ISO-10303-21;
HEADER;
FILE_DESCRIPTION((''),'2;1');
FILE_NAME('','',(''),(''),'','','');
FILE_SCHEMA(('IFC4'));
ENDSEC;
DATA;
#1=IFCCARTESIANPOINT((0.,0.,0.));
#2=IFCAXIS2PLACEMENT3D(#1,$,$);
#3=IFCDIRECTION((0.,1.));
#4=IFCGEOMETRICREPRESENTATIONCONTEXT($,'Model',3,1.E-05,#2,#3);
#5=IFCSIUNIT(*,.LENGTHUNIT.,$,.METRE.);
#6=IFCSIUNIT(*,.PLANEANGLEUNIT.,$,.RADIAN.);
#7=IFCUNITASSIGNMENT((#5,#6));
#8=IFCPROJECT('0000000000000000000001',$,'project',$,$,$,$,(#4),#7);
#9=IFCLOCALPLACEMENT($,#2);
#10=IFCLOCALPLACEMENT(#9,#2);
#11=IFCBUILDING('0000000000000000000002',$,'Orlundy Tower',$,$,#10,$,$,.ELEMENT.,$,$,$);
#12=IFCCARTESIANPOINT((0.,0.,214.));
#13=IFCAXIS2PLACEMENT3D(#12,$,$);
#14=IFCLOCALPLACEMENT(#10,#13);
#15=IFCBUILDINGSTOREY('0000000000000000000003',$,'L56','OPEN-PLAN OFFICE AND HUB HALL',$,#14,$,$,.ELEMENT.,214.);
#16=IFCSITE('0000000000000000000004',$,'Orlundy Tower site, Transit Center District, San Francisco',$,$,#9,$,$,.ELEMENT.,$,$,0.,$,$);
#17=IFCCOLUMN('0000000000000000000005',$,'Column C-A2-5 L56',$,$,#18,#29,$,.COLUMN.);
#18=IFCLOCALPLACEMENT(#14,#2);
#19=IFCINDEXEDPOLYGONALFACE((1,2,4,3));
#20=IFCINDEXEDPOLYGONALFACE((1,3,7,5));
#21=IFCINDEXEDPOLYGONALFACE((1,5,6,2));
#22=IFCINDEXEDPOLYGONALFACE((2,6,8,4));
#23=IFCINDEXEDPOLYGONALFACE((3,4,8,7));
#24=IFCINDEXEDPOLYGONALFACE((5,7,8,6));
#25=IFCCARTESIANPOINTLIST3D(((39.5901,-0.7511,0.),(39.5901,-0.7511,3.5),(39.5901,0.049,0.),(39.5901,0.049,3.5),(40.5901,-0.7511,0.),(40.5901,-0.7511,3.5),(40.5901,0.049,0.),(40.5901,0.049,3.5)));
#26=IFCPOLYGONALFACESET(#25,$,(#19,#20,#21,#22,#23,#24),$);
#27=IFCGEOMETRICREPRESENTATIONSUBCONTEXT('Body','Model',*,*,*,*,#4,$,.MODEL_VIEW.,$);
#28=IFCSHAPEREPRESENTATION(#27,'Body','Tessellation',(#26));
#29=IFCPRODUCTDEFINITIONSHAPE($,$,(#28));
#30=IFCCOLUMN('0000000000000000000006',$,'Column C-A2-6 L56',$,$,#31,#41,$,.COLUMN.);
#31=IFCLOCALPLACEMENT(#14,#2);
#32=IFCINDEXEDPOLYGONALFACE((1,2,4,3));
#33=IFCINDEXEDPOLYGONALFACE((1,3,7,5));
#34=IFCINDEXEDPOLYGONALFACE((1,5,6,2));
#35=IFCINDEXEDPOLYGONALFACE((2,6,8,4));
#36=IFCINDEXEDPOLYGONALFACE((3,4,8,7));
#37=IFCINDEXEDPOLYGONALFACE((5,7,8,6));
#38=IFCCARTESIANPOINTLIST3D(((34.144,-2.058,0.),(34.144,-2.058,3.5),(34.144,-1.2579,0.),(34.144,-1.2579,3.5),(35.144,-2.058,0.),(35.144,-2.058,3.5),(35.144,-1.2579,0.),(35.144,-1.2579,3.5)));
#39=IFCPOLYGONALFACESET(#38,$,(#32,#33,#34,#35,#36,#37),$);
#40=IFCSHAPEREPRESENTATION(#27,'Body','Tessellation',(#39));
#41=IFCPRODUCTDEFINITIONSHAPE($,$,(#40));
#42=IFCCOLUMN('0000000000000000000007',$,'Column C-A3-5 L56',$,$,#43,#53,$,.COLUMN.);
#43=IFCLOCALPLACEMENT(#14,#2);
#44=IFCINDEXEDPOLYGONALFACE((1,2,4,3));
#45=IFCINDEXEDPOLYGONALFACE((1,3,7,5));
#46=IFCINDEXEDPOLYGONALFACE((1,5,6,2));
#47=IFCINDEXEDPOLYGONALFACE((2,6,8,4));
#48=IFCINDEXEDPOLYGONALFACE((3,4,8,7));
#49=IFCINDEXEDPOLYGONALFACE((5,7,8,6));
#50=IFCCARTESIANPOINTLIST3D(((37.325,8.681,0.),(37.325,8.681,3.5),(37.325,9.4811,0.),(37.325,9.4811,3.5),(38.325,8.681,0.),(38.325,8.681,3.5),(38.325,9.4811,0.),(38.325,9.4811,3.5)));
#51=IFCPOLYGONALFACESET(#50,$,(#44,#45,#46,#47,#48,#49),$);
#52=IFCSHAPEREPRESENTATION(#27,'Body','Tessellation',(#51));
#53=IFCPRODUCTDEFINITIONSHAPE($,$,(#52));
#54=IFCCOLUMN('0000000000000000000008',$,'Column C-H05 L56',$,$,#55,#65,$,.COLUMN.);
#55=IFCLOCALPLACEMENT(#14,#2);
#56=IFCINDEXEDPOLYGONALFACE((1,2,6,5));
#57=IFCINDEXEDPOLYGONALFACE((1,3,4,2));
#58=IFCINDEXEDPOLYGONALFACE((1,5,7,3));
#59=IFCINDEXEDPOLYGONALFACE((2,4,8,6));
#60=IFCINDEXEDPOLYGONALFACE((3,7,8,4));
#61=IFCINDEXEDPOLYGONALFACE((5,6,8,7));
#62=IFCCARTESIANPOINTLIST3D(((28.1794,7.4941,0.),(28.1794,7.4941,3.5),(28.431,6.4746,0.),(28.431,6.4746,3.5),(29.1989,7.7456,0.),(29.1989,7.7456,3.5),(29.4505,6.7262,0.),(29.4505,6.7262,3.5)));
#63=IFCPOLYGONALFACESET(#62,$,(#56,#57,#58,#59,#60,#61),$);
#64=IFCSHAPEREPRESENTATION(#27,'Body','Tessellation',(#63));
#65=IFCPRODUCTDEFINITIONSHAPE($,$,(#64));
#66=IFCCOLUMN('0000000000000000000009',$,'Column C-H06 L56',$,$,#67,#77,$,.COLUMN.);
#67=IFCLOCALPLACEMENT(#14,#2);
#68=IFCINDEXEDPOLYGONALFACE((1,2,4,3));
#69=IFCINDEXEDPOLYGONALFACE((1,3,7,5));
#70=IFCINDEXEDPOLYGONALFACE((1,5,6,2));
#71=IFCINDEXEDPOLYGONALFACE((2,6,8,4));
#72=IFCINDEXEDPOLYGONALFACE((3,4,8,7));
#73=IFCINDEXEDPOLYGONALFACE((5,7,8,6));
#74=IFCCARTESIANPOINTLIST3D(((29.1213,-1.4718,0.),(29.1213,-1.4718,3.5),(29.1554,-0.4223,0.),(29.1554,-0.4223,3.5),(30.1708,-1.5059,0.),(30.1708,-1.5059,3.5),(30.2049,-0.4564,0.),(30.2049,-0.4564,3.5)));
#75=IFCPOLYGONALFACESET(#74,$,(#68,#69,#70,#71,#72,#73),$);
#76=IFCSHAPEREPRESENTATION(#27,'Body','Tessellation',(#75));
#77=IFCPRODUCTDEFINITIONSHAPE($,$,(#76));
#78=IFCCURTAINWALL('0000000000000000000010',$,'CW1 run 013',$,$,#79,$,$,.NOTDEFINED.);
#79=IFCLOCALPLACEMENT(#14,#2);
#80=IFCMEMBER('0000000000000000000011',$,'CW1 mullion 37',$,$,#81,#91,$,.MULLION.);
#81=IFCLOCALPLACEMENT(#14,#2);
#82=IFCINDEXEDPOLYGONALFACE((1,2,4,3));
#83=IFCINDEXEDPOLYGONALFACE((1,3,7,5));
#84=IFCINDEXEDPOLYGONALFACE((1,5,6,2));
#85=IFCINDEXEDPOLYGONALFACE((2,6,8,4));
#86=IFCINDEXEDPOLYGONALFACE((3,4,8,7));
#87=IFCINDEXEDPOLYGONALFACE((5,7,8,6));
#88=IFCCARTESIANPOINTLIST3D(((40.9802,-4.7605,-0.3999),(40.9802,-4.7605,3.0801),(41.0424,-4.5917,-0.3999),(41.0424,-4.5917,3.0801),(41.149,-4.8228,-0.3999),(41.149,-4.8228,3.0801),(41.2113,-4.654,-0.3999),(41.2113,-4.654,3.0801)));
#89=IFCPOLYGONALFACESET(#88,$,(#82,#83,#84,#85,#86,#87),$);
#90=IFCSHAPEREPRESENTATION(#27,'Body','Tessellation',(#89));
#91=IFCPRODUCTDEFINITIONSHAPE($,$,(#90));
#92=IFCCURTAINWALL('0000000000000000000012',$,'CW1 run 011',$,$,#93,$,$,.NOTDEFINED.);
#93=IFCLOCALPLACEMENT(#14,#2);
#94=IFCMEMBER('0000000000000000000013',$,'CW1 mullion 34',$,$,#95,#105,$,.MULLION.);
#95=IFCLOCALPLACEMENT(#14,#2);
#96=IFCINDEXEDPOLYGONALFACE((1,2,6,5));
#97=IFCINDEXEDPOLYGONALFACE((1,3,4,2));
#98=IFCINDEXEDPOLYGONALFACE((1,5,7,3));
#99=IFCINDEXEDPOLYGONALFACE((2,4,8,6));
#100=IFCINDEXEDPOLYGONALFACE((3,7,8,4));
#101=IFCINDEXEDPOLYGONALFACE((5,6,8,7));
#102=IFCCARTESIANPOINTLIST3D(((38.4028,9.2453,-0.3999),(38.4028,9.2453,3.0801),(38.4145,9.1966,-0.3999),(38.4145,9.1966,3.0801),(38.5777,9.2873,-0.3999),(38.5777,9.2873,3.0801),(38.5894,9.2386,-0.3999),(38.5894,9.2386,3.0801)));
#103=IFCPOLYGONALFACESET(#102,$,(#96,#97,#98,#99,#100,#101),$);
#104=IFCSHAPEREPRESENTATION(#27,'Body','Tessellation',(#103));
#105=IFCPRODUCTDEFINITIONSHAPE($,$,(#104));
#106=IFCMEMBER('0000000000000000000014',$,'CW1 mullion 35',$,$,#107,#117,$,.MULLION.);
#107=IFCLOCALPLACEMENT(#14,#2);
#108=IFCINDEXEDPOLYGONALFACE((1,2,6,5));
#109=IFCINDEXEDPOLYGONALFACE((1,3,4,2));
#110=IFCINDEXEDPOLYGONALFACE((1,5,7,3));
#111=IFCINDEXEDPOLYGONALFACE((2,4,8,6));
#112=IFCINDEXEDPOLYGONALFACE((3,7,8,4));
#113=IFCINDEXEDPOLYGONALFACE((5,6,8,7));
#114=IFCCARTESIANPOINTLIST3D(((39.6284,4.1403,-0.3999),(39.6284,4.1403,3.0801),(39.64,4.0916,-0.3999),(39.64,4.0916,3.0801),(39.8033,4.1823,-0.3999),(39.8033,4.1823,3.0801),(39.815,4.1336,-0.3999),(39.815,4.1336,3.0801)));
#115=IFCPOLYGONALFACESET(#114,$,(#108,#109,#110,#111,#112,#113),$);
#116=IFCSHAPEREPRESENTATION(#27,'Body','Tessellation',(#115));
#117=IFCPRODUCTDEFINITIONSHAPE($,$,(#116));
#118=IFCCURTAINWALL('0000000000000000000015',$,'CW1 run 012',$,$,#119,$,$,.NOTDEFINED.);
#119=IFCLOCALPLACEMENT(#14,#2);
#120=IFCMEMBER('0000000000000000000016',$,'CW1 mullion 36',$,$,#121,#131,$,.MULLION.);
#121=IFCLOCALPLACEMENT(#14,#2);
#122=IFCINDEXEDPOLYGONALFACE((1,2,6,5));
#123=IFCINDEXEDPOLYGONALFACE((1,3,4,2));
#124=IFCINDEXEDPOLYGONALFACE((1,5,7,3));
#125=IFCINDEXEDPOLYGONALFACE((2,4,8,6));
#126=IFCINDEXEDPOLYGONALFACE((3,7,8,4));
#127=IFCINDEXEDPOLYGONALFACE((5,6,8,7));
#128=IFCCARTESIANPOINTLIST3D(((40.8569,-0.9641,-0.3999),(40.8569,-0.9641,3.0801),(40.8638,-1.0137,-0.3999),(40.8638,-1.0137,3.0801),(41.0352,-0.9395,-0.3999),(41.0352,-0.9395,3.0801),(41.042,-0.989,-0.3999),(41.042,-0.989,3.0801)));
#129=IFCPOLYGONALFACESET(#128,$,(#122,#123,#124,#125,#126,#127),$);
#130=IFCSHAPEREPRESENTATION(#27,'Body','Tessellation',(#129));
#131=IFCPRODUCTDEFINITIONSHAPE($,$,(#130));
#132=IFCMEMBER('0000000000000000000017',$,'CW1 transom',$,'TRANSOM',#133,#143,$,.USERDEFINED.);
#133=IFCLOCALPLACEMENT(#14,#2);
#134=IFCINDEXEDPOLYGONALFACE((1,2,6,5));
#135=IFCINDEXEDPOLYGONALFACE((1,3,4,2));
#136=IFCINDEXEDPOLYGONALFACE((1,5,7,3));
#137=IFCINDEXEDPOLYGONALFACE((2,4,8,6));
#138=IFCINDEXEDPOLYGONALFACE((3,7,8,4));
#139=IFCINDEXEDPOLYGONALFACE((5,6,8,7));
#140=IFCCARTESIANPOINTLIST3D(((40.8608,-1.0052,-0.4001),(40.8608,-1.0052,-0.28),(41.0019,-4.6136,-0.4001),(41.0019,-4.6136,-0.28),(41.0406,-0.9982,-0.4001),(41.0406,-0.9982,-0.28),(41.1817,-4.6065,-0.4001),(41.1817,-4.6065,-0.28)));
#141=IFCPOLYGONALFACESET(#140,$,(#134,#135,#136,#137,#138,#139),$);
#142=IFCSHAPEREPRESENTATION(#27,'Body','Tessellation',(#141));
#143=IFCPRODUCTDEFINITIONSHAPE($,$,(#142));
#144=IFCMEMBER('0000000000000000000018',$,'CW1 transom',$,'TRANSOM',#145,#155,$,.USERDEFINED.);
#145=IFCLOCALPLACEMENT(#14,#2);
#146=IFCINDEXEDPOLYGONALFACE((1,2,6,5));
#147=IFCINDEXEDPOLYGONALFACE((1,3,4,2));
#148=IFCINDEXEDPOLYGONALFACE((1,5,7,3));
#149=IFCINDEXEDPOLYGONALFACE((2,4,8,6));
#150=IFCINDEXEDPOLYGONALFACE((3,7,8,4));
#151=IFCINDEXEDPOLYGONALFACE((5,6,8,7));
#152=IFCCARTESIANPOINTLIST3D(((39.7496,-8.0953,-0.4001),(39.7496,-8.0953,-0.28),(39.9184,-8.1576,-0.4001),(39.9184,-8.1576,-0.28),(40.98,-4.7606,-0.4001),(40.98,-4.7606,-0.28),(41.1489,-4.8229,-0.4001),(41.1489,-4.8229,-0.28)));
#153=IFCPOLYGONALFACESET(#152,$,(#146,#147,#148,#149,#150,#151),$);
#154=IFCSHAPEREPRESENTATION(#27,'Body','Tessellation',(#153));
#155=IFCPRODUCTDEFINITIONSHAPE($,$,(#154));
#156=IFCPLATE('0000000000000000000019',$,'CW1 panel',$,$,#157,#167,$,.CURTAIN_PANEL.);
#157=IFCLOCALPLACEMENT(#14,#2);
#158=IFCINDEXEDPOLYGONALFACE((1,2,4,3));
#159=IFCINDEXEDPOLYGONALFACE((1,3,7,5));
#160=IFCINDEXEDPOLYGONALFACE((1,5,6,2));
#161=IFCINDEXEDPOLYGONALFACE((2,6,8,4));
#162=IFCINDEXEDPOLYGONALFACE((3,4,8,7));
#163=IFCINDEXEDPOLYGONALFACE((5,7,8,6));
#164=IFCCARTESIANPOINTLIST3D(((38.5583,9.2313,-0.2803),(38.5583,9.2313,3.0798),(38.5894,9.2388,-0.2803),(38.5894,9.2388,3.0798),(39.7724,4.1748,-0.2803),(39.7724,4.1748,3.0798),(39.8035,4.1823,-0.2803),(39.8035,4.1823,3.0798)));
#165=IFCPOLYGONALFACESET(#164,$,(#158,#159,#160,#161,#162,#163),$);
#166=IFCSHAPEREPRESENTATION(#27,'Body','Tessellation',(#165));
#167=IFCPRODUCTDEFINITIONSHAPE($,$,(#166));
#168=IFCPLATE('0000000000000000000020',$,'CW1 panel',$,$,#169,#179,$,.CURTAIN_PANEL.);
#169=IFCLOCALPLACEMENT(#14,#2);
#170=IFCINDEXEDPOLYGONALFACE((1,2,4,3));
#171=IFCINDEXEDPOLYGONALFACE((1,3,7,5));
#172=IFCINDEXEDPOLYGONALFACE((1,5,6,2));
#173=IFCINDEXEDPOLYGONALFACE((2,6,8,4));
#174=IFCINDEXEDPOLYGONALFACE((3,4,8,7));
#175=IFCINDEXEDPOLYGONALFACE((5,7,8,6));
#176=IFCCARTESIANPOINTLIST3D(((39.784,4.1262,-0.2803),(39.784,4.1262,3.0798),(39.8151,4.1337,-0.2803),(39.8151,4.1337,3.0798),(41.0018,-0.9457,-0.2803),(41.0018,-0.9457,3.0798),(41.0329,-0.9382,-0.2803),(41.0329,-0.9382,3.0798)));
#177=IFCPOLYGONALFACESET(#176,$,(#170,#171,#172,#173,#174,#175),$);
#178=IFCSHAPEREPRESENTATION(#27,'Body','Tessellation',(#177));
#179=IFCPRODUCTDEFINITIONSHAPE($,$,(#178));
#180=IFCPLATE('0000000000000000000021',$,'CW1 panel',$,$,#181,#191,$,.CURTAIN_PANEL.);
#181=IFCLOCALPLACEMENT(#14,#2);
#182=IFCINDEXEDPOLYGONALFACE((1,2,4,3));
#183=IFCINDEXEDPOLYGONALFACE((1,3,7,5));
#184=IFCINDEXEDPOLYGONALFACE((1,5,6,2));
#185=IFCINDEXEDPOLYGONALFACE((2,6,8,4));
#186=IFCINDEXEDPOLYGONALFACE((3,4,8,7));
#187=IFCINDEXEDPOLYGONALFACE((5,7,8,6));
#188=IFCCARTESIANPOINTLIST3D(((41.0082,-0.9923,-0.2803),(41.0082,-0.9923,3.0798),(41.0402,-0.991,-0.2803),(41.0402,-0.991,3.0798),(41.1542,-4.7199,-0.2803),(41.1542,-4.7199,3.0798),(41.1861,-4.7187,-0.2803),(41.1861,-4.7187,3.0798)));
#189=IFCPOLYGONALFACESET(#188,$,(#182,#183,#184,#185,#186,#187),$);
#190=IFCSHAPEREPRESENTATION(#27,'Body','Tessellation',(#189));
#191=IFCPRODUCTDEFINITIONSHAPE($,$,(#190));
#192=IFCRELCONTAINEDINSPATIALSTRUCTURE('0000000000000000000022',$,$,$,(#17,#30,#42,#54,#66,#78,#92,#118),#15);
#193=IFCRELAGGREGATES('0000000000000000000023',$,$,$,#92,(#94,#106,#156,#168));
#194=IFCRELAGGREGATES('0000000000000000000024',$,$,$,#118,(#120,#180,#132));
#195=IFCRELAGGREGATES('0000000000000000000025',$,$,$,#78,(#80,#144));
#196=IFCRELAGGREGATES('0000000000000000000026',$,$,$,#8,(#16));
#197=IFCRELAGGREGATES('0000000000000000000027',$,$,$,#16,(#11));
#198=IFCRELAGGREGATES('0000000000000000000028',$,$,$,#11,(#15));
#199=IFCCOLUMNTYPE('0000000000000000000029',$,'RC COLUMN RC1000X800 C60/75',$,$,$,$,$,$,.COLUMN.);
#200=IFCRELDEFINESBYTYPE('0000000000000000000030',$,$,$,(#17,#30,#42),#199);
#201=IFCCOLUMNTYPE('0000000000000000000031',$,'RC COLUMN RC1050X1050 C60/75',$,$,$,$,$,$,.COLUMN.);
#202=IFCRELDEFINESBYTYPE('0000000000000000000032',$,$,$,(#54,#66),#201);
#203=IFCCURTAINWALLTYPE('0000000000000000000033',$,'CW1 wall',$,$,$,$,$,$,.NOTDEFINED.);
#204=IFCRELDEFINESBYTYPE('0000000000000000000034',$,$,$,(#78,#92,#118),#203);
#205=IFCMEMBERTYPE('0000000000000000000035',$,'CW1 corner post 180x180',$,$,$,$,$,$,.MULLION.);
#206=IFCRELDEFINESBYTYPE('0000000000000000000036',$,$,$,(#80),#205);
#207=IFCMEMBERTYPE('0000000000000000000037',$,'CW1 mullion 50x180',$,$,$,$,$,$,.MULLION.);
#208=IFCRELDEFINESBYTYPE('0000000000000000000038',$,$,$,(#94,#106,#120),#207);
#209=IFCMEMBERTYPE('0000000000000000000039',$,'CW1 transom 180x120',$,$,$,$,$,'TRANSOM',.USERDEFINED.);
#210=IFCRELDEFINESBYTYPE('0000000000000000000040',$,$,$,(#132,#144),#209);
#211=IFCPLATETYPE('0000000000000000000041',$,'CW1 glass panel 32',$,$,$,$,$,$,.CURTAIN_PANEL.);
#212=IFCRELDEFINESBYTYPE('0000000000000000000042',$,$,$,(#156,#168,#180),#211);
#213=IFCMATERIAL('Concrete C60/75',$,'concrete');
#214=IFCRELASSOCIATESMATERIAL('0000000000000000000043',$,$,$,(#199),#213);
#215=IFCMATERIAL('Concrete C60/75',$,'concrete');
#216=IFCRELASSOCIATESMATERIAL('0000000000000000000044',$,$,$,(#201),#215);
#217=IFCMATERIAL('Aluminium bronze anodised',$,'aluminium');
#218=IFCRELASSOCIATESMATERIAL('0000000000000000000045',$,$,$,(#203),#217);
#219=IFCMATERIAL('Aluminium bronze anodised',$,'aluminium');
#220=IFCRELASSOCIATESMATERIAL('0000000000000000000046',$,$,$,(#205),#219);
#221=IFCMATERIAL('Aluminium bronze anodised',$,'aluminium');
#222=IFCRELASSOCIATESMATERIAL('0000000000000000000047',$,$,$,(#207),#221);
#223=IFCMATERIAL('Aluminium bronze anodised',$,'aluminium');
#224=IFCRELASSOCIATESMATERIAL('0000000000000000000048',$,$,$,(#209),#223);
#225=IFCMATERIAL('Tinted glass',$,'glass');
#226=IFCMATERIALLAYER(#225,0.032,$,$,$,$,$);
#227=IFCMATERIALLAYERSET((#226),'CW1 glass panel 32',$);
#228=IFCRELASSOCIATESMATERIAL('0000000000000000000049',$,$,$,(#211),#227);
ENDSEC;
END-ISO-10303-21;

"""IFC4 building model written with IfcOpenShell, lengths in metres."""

from ifc_helpers import new_model, si_unit, direction, frame, origin, origin_2d, place, context, subcontext, project, spatial, rectangle, extrude, material, layer, layer_set, material_profile, profile_set, type_object, element, aggregate, save


model = new_model("IFC4")

# Units and contexts
model_context = context("Model", 3, precision=1e-05, world=origin(), true_north=direction((0.0, 1.0)))
body_context = subcontext(model_context, "Body", "Model", "MODEL_VIEW")
ifc_project = project(units=[si_unit("LENGTHUNIT", "METRE"), si_unit("PLANEANGLEUNIT", "RADIAN")], contexts=[model_context])

# Site, building, storey
site_placement = place(None, origin())
site = spatial("IfcSite", under=ifc_project, at=site_placement, Name="Orlundy Tower site, Transit Center District, San Francisco", CompositionType="ELEMENT", RefElevation=0.0)
building_placement = place(site_placement, origin())
building = spatial("IfcBuilding", under=site, at=building_placement, Name="Orlundy Tower", CompositionType="ELEMENT")
storey_placement = place(building_placement, frame((0.0, 0.0, 214.0)))
storey = spatial("IfcBuildingStorey", under=building, at=storey_placement, Name="L56", Description="OPEN-PLAN OFFICE AND HUB HALL", CompositionType="ELEMENT", Elevation=214.0)

# Columns
ifc_material_1 = material(Name="Concrete C60/75", Category="concrete")
ifc_material_profile_1 = material_profile(ifc_material_1, rectangle(XDim=1.0, YDim=0.8, at=origin_2d()), Name="RC1000X800")
ifc_profile_set_1 = profile_set([ifc_material_profile_1], Name="Concrete C60/75")
column_type_1 = type_object("IfcColumnType", Name="RC COLUMN RC1000X800 C60/75", PredefinedType="COLUMN", material=ifc_profile_set_1)
for number, where, z_axis, x_axis, name in (
    (1, (40.0901, -0.3511, 0.0), (0.0, 0.0, 1.0), (1.0, 0.0, 0.0), "Column C-A2-5 L56"),
    (2, (34.644, -1.658, 0.0), (0.0, 0.0, 1.0), (1.0, 0.0, 0.0), "Column C-A2-6 L56"),
    (3, (37.825, 9.0811, 0.0), (0.0, 0.0, 1.0), (1.0, 0.0, 0.0), "Column C-A3-5 L56"),
):
    element("IfcColumn", number, at=place(storey_placement, frame(where, z_axis=z_axis, x_axis=x_axis)), inside=storey, type_object=column_type_1, Name=name, PredefinedType="COLUMN", context=body_context, shape_type="SweptSolid", body=[
        extrude(rectangle(XDim=1.0, YDim=0.8, at=origin_2d()), origin(), (0.0, 0.0, 1.0), 3.5),
    ])
ifc_material_2 = material(Name="Concrete C60/75", Category="concrete")
ifc_material_profile_2 = material_profile(ifc_material_2, rectangle(XDim=1.05, YDim=1.05, at=origin_2d()), Name="RC1050X1050")
ifc_profile_set_2 = profile_set([ifc_material_profile_2], Name="Concrete C60/75")
column_type_2 = type_object("IfcColumnType", Name="RC COLUMN RC1050X1050 C60/75", PredefinedType="COLUMN", material=ifc_profile_set_2)
for number, where, z_axis, x_axis, name in (
    (4, (28.8149, 7.1101, 0.0), (0.0, 0.0, 1.0), (0.97088, 0.239567, 0.0), "Column C-H05 L56"),
    (5, (29.6631, -0.9641, 0.0), (0.0, 0.0, 1.0), (0.999473, -0.032475, 0.0), "Column C-H06 L56"),
):
    element("IfcColumn", number, at=place(storey_placement, frame(where, z_axis=z_axis, x_axis=x_axis)), inside=storey, type_object=column_type_2, Name=name, PredefinedType="COLUMN", context=body_context, shape_type="SweptSolid", body=[
        extrude(rectangle(XDim=1.05, YDim=1.05, at=origin_2d()), origin(), (0.0, 0.0, 1.0), 3.5),
    ])

# Curtain wall, member
ifc_material_3 = material(Name="Aluminium bronze anodised", Category="aluminium")
curtain_wall_type = type_object("IfcCurtainWallType", Name="CW1 wall", PredefinedType="NOTDEFINED", material=ifc_material_3)
curtain_wall_1_placement = place(storey_placement, origin())
curtain_wall_1 = element("IfcCurtainWall", 6, at=curtain_wall_1_placement, inside=storey, type_object=curtain_wall_type, Name="CW1 run 013", PredefinedType="NOTDEFINED")
ifc_material_4 = material(Name="Aluminium bronze anodised", Category="aluminium")
ifc_material_profile_3 = material_profile(ifc_material_4, rectangle(XDim=0.1799, YDim=0.1799, at=origin_2d()), Name="CW1 corner post 180x180")
ifc_profile_set_3 = profile_set([ifc_material_profile_3], Name="Aluminium bronze anodised")
member_type_1 = type_object("IfcMemberType", Name="CW1 corner post 180x180", PredefinedType="MULLION", material=ifc_profile_set_3)
member_1_placement = place(storey_placement, frame((41.0957, -4.7073, -0.3999), z_axis=(0.0, 0.0, 1.0), x_axis=(0.938168, -0.34618, 0.0)))
member_1 = element("IfcMember", 7, at=member_1_placement, type_object=member_type_1, Name="CW1 mullion 37", PredefinedType="MULLION", context=body_context, shape_type="SweptSolid", body=[
    extrude(rectangle(XDim=0.1799, YDim=0.1799, at=origin_2d()), origin(), (0.0, 0.0, 1.0), 3.48),
])

# Curtain walls, members
curtain_wall_2_placement = place(storey_placement, origin())
curtain_wall_2 = element("IfcCurtainWall", 8, at=curtain_wall_2_placement, inside=storey, type_object=curtain_wall_type, Name="CW1 run 011", PredefinedType="NOTDEFINED")
ifc_material_5 = material(Name="Aluminium bronze anodised", Category="aluminium")
ifc_material_profile_4 = material_profile(ifc_material_5, rectangle(XDim=0.1799, YDim=0.05, at=origin_2d()), Name="CW1 mullion 50x180")
ifc_profile_set_4 = profile_set([ifc_material_profile_4], Name="Aluminium bronze anodised")
member_type_2 = type_object("IfcMemberType", Name="CW1 mullion 50x180", PredefinedType="MULLION", material=ifc_profile_set_4)
member_2_placement = place(storey_placement, frame((38.4961, 9.2419, -0.3999), z_axis=(0.0, 0.0, 1.0), x_axis=(0.972364, 0.233472, 0.0)))
member_2 = element("IfcMember", 9, at=member_2_placement, type_object=member_type_2, Name="CW1 mullion 34", PredefinedType="MULLION", context=body_context, shape_type="SweptSolid", body=[
    extrude(rectangle(XDim=0.1799, YDim=0.05, at=origin_2d()), origin(), (0.0, 0.0, 1.0), 3.48),
])
member_3_placement = place(storey_placement, frame((39.7217, 4.137, -0.3999), z_axis=(0.0, 0.0, 1.0), x_axis=(0.972364, 0.233472, 0.0)))
member_3 = element("IfcMember", 10, at=member_3_placement, type_object=member_type_2, Name="CW1 mullion 35", PredefinedType="MULLION", context=body_context, shape_type="SweptSolid", body=[
    extrude(rectangle(XDim=0.1799, YDim=0.05, at=origin_2d()), origin(), (0.0, 0.0, 1.0), 3.48),
])
curtain_wall_3_placement = place(storey_placement, origin())
curtain_wall_3 = element("IfcCurtainWall", 11, at=curtain_wall_3_placement, inside=storey, type_object=curtain_wall_type, Name="CW1 run 012", PredefinedType="NOTDEFINED")
member_4_placement = place(storey_placement, frame((40.9495, -0.9766, -0.3999), z_axis=(0.0, 0.0, 1.0), x_axis=(0.990577, 0.136955, 0.0)))
member_4 = element("IfcMember", 12, at=member_4_placement, type_object=member_type_2, Name="CW1 mullion 36", PredefinedType="MULLION", context=body_context, shape_type="SweptSolid", body=[
    extrude(rectangle(XDim=0.1799, YDim=0.05, at=origin_2d()), origin(), (0.0, 0.0, 1.0), 3.48),
])
ifc_material_6 = material(Name="Aluminium bronze anodised", Category="aluminium")
ifc_material_profile_5 = material_profile(ifc_material_6, rectangle(XDim=0.1799, YDim=0.1201, at=origin_2d()), Name="CW1 transom 180x120")
ifc_profile_set_5 = profile_set([ifc_material_profile_5], Name="Aluminium bronze anodised")
member_type_3 = type_object("IfcMemberType", Name="CW1 transom 180x120", ElementType="TRANSOM", PredefinedType="USERDEFINED", material=ifc_profile_set_5)
member_5_placement = place(storey_placement, frame((40.9507, -1.0017, -0.3401), z_axis=(0.039077, -0.999236, 0.0), x_axis=(0.999236, 0.039077, 0.0)))
member_5 = element("IfcMember", 13, at=member_5_placement, type_object=member_type_3, Name="CW1 transom", ObjectType="TRANSOM", PredefinedType="USERDEFINED", context=body_context, shape_type="SweptSolid", body=[
    extrude(rectangle(XDim=0.1799, YDim=0.1201, at=origin_2d()), origin(), (0.0, 0.0, 1.0), 3.6111),
])

# Member
member_6_placement = place(storey_placement, frame((41.0645, -4.7917, -0.3401), z_axis=(-0.346173, -0.938171, 0.0), x_axis=(0.938171, -0.346173, 0.0)))
member_6 = element("IfcMember", 14, at=member_6_placement, type_object=member_type_3, Name="CW1 transom", ObjectType="TRANSOM", PredefinedType="USERDEFINED", context=body_context, shape_type="SweptSolid", body=[
    extrude(rectangle(XDim=0.1799, YDim=0.1201, at=origin_2d()), origin(), (0.0, 0.0, 1.0), 3.5544),
])

# Plates
ifc_material_7 = material(Name="Tinted glass", Category="glass")
ifc_layer_1 = layer(ifc_material_7, 0.032)
ifc_layer_set_1 = layer_set([ifc_layer_1], Name="CW1 glass panel 32")
plate_type = type_object("IfcPlateType", Name="CW1 glass panel 32", PredefinedType="CURTAIN_PANEL", material=ifc_layer_set_1)
plate_1_placement = place(storey_placement, frame((39.1809, 6.7068, -0.2803), z_axis=(0.0, 0.0, 1.0), x_axis=(0.233472, -0.972364, 0.0)))
plate_1 = element("IfcPlate", 15, at=plate_1_placement, type_object=plate_type, Name="CW1 panel", PredefinedType="CURTAIN_PANEL", context=body_context, shape_type="SweptSolid", body=[
    extrude(rectangle(XDim=5.2002, YDim=0.032, at=origin_2d()), origin(), (0.0, 0.0, 1.0), 3.3601),
])
plate_2_placement = place(storey_placement, frame((40.4084, 1.594, -0.2803), z_axis=(0.0, 0.0, 1.0), x_axis=(0.233472, -0.972364, 0.0)))
plate_2 = element("IfcPlate", 16, at=plate_2_placement, type_object=plate_type, Name="CW1 panel", PredefinedType="CURTAIN_PANEL", context=body_context, shape_type="SweptSolid", body=[
    extrude(rectangle(XDim=5.2161, YDim=0.032, at=origin_2d()), origin(), (0.0, 0.0, 1.0), 3.3601),
])
aggregate(curtain_wall_2, [member_2, member_3, plate_1, plate_2])
plate_3_placement = place(storey_placement, frame((41.0972, -2.8555, -0.2803), z_axis=(0.0, 0.0, 1.0), x_axis=(0.039117, -0.999235, 0.0)))
plate_3 = element("IfcPlate", 17, at=plate_3_placement, type_object=plate_type, Name="CW1 panel", PredefinedType="CURTAIN_PANEL", context=body_context, shape_type="SweptSolid", body=[
    extrude(rectangle(XDim=3.7305, YDim=0.032, at=origin_2d()), origin(), (0.0, 0.0, 1.0), 3.3601),
])
aggregate(curtain_wall_3, [member_4, plate_3, member_5])
aggregate(curtain_wall_1, [member_1, member_6])

save(model, "model.ifc")
